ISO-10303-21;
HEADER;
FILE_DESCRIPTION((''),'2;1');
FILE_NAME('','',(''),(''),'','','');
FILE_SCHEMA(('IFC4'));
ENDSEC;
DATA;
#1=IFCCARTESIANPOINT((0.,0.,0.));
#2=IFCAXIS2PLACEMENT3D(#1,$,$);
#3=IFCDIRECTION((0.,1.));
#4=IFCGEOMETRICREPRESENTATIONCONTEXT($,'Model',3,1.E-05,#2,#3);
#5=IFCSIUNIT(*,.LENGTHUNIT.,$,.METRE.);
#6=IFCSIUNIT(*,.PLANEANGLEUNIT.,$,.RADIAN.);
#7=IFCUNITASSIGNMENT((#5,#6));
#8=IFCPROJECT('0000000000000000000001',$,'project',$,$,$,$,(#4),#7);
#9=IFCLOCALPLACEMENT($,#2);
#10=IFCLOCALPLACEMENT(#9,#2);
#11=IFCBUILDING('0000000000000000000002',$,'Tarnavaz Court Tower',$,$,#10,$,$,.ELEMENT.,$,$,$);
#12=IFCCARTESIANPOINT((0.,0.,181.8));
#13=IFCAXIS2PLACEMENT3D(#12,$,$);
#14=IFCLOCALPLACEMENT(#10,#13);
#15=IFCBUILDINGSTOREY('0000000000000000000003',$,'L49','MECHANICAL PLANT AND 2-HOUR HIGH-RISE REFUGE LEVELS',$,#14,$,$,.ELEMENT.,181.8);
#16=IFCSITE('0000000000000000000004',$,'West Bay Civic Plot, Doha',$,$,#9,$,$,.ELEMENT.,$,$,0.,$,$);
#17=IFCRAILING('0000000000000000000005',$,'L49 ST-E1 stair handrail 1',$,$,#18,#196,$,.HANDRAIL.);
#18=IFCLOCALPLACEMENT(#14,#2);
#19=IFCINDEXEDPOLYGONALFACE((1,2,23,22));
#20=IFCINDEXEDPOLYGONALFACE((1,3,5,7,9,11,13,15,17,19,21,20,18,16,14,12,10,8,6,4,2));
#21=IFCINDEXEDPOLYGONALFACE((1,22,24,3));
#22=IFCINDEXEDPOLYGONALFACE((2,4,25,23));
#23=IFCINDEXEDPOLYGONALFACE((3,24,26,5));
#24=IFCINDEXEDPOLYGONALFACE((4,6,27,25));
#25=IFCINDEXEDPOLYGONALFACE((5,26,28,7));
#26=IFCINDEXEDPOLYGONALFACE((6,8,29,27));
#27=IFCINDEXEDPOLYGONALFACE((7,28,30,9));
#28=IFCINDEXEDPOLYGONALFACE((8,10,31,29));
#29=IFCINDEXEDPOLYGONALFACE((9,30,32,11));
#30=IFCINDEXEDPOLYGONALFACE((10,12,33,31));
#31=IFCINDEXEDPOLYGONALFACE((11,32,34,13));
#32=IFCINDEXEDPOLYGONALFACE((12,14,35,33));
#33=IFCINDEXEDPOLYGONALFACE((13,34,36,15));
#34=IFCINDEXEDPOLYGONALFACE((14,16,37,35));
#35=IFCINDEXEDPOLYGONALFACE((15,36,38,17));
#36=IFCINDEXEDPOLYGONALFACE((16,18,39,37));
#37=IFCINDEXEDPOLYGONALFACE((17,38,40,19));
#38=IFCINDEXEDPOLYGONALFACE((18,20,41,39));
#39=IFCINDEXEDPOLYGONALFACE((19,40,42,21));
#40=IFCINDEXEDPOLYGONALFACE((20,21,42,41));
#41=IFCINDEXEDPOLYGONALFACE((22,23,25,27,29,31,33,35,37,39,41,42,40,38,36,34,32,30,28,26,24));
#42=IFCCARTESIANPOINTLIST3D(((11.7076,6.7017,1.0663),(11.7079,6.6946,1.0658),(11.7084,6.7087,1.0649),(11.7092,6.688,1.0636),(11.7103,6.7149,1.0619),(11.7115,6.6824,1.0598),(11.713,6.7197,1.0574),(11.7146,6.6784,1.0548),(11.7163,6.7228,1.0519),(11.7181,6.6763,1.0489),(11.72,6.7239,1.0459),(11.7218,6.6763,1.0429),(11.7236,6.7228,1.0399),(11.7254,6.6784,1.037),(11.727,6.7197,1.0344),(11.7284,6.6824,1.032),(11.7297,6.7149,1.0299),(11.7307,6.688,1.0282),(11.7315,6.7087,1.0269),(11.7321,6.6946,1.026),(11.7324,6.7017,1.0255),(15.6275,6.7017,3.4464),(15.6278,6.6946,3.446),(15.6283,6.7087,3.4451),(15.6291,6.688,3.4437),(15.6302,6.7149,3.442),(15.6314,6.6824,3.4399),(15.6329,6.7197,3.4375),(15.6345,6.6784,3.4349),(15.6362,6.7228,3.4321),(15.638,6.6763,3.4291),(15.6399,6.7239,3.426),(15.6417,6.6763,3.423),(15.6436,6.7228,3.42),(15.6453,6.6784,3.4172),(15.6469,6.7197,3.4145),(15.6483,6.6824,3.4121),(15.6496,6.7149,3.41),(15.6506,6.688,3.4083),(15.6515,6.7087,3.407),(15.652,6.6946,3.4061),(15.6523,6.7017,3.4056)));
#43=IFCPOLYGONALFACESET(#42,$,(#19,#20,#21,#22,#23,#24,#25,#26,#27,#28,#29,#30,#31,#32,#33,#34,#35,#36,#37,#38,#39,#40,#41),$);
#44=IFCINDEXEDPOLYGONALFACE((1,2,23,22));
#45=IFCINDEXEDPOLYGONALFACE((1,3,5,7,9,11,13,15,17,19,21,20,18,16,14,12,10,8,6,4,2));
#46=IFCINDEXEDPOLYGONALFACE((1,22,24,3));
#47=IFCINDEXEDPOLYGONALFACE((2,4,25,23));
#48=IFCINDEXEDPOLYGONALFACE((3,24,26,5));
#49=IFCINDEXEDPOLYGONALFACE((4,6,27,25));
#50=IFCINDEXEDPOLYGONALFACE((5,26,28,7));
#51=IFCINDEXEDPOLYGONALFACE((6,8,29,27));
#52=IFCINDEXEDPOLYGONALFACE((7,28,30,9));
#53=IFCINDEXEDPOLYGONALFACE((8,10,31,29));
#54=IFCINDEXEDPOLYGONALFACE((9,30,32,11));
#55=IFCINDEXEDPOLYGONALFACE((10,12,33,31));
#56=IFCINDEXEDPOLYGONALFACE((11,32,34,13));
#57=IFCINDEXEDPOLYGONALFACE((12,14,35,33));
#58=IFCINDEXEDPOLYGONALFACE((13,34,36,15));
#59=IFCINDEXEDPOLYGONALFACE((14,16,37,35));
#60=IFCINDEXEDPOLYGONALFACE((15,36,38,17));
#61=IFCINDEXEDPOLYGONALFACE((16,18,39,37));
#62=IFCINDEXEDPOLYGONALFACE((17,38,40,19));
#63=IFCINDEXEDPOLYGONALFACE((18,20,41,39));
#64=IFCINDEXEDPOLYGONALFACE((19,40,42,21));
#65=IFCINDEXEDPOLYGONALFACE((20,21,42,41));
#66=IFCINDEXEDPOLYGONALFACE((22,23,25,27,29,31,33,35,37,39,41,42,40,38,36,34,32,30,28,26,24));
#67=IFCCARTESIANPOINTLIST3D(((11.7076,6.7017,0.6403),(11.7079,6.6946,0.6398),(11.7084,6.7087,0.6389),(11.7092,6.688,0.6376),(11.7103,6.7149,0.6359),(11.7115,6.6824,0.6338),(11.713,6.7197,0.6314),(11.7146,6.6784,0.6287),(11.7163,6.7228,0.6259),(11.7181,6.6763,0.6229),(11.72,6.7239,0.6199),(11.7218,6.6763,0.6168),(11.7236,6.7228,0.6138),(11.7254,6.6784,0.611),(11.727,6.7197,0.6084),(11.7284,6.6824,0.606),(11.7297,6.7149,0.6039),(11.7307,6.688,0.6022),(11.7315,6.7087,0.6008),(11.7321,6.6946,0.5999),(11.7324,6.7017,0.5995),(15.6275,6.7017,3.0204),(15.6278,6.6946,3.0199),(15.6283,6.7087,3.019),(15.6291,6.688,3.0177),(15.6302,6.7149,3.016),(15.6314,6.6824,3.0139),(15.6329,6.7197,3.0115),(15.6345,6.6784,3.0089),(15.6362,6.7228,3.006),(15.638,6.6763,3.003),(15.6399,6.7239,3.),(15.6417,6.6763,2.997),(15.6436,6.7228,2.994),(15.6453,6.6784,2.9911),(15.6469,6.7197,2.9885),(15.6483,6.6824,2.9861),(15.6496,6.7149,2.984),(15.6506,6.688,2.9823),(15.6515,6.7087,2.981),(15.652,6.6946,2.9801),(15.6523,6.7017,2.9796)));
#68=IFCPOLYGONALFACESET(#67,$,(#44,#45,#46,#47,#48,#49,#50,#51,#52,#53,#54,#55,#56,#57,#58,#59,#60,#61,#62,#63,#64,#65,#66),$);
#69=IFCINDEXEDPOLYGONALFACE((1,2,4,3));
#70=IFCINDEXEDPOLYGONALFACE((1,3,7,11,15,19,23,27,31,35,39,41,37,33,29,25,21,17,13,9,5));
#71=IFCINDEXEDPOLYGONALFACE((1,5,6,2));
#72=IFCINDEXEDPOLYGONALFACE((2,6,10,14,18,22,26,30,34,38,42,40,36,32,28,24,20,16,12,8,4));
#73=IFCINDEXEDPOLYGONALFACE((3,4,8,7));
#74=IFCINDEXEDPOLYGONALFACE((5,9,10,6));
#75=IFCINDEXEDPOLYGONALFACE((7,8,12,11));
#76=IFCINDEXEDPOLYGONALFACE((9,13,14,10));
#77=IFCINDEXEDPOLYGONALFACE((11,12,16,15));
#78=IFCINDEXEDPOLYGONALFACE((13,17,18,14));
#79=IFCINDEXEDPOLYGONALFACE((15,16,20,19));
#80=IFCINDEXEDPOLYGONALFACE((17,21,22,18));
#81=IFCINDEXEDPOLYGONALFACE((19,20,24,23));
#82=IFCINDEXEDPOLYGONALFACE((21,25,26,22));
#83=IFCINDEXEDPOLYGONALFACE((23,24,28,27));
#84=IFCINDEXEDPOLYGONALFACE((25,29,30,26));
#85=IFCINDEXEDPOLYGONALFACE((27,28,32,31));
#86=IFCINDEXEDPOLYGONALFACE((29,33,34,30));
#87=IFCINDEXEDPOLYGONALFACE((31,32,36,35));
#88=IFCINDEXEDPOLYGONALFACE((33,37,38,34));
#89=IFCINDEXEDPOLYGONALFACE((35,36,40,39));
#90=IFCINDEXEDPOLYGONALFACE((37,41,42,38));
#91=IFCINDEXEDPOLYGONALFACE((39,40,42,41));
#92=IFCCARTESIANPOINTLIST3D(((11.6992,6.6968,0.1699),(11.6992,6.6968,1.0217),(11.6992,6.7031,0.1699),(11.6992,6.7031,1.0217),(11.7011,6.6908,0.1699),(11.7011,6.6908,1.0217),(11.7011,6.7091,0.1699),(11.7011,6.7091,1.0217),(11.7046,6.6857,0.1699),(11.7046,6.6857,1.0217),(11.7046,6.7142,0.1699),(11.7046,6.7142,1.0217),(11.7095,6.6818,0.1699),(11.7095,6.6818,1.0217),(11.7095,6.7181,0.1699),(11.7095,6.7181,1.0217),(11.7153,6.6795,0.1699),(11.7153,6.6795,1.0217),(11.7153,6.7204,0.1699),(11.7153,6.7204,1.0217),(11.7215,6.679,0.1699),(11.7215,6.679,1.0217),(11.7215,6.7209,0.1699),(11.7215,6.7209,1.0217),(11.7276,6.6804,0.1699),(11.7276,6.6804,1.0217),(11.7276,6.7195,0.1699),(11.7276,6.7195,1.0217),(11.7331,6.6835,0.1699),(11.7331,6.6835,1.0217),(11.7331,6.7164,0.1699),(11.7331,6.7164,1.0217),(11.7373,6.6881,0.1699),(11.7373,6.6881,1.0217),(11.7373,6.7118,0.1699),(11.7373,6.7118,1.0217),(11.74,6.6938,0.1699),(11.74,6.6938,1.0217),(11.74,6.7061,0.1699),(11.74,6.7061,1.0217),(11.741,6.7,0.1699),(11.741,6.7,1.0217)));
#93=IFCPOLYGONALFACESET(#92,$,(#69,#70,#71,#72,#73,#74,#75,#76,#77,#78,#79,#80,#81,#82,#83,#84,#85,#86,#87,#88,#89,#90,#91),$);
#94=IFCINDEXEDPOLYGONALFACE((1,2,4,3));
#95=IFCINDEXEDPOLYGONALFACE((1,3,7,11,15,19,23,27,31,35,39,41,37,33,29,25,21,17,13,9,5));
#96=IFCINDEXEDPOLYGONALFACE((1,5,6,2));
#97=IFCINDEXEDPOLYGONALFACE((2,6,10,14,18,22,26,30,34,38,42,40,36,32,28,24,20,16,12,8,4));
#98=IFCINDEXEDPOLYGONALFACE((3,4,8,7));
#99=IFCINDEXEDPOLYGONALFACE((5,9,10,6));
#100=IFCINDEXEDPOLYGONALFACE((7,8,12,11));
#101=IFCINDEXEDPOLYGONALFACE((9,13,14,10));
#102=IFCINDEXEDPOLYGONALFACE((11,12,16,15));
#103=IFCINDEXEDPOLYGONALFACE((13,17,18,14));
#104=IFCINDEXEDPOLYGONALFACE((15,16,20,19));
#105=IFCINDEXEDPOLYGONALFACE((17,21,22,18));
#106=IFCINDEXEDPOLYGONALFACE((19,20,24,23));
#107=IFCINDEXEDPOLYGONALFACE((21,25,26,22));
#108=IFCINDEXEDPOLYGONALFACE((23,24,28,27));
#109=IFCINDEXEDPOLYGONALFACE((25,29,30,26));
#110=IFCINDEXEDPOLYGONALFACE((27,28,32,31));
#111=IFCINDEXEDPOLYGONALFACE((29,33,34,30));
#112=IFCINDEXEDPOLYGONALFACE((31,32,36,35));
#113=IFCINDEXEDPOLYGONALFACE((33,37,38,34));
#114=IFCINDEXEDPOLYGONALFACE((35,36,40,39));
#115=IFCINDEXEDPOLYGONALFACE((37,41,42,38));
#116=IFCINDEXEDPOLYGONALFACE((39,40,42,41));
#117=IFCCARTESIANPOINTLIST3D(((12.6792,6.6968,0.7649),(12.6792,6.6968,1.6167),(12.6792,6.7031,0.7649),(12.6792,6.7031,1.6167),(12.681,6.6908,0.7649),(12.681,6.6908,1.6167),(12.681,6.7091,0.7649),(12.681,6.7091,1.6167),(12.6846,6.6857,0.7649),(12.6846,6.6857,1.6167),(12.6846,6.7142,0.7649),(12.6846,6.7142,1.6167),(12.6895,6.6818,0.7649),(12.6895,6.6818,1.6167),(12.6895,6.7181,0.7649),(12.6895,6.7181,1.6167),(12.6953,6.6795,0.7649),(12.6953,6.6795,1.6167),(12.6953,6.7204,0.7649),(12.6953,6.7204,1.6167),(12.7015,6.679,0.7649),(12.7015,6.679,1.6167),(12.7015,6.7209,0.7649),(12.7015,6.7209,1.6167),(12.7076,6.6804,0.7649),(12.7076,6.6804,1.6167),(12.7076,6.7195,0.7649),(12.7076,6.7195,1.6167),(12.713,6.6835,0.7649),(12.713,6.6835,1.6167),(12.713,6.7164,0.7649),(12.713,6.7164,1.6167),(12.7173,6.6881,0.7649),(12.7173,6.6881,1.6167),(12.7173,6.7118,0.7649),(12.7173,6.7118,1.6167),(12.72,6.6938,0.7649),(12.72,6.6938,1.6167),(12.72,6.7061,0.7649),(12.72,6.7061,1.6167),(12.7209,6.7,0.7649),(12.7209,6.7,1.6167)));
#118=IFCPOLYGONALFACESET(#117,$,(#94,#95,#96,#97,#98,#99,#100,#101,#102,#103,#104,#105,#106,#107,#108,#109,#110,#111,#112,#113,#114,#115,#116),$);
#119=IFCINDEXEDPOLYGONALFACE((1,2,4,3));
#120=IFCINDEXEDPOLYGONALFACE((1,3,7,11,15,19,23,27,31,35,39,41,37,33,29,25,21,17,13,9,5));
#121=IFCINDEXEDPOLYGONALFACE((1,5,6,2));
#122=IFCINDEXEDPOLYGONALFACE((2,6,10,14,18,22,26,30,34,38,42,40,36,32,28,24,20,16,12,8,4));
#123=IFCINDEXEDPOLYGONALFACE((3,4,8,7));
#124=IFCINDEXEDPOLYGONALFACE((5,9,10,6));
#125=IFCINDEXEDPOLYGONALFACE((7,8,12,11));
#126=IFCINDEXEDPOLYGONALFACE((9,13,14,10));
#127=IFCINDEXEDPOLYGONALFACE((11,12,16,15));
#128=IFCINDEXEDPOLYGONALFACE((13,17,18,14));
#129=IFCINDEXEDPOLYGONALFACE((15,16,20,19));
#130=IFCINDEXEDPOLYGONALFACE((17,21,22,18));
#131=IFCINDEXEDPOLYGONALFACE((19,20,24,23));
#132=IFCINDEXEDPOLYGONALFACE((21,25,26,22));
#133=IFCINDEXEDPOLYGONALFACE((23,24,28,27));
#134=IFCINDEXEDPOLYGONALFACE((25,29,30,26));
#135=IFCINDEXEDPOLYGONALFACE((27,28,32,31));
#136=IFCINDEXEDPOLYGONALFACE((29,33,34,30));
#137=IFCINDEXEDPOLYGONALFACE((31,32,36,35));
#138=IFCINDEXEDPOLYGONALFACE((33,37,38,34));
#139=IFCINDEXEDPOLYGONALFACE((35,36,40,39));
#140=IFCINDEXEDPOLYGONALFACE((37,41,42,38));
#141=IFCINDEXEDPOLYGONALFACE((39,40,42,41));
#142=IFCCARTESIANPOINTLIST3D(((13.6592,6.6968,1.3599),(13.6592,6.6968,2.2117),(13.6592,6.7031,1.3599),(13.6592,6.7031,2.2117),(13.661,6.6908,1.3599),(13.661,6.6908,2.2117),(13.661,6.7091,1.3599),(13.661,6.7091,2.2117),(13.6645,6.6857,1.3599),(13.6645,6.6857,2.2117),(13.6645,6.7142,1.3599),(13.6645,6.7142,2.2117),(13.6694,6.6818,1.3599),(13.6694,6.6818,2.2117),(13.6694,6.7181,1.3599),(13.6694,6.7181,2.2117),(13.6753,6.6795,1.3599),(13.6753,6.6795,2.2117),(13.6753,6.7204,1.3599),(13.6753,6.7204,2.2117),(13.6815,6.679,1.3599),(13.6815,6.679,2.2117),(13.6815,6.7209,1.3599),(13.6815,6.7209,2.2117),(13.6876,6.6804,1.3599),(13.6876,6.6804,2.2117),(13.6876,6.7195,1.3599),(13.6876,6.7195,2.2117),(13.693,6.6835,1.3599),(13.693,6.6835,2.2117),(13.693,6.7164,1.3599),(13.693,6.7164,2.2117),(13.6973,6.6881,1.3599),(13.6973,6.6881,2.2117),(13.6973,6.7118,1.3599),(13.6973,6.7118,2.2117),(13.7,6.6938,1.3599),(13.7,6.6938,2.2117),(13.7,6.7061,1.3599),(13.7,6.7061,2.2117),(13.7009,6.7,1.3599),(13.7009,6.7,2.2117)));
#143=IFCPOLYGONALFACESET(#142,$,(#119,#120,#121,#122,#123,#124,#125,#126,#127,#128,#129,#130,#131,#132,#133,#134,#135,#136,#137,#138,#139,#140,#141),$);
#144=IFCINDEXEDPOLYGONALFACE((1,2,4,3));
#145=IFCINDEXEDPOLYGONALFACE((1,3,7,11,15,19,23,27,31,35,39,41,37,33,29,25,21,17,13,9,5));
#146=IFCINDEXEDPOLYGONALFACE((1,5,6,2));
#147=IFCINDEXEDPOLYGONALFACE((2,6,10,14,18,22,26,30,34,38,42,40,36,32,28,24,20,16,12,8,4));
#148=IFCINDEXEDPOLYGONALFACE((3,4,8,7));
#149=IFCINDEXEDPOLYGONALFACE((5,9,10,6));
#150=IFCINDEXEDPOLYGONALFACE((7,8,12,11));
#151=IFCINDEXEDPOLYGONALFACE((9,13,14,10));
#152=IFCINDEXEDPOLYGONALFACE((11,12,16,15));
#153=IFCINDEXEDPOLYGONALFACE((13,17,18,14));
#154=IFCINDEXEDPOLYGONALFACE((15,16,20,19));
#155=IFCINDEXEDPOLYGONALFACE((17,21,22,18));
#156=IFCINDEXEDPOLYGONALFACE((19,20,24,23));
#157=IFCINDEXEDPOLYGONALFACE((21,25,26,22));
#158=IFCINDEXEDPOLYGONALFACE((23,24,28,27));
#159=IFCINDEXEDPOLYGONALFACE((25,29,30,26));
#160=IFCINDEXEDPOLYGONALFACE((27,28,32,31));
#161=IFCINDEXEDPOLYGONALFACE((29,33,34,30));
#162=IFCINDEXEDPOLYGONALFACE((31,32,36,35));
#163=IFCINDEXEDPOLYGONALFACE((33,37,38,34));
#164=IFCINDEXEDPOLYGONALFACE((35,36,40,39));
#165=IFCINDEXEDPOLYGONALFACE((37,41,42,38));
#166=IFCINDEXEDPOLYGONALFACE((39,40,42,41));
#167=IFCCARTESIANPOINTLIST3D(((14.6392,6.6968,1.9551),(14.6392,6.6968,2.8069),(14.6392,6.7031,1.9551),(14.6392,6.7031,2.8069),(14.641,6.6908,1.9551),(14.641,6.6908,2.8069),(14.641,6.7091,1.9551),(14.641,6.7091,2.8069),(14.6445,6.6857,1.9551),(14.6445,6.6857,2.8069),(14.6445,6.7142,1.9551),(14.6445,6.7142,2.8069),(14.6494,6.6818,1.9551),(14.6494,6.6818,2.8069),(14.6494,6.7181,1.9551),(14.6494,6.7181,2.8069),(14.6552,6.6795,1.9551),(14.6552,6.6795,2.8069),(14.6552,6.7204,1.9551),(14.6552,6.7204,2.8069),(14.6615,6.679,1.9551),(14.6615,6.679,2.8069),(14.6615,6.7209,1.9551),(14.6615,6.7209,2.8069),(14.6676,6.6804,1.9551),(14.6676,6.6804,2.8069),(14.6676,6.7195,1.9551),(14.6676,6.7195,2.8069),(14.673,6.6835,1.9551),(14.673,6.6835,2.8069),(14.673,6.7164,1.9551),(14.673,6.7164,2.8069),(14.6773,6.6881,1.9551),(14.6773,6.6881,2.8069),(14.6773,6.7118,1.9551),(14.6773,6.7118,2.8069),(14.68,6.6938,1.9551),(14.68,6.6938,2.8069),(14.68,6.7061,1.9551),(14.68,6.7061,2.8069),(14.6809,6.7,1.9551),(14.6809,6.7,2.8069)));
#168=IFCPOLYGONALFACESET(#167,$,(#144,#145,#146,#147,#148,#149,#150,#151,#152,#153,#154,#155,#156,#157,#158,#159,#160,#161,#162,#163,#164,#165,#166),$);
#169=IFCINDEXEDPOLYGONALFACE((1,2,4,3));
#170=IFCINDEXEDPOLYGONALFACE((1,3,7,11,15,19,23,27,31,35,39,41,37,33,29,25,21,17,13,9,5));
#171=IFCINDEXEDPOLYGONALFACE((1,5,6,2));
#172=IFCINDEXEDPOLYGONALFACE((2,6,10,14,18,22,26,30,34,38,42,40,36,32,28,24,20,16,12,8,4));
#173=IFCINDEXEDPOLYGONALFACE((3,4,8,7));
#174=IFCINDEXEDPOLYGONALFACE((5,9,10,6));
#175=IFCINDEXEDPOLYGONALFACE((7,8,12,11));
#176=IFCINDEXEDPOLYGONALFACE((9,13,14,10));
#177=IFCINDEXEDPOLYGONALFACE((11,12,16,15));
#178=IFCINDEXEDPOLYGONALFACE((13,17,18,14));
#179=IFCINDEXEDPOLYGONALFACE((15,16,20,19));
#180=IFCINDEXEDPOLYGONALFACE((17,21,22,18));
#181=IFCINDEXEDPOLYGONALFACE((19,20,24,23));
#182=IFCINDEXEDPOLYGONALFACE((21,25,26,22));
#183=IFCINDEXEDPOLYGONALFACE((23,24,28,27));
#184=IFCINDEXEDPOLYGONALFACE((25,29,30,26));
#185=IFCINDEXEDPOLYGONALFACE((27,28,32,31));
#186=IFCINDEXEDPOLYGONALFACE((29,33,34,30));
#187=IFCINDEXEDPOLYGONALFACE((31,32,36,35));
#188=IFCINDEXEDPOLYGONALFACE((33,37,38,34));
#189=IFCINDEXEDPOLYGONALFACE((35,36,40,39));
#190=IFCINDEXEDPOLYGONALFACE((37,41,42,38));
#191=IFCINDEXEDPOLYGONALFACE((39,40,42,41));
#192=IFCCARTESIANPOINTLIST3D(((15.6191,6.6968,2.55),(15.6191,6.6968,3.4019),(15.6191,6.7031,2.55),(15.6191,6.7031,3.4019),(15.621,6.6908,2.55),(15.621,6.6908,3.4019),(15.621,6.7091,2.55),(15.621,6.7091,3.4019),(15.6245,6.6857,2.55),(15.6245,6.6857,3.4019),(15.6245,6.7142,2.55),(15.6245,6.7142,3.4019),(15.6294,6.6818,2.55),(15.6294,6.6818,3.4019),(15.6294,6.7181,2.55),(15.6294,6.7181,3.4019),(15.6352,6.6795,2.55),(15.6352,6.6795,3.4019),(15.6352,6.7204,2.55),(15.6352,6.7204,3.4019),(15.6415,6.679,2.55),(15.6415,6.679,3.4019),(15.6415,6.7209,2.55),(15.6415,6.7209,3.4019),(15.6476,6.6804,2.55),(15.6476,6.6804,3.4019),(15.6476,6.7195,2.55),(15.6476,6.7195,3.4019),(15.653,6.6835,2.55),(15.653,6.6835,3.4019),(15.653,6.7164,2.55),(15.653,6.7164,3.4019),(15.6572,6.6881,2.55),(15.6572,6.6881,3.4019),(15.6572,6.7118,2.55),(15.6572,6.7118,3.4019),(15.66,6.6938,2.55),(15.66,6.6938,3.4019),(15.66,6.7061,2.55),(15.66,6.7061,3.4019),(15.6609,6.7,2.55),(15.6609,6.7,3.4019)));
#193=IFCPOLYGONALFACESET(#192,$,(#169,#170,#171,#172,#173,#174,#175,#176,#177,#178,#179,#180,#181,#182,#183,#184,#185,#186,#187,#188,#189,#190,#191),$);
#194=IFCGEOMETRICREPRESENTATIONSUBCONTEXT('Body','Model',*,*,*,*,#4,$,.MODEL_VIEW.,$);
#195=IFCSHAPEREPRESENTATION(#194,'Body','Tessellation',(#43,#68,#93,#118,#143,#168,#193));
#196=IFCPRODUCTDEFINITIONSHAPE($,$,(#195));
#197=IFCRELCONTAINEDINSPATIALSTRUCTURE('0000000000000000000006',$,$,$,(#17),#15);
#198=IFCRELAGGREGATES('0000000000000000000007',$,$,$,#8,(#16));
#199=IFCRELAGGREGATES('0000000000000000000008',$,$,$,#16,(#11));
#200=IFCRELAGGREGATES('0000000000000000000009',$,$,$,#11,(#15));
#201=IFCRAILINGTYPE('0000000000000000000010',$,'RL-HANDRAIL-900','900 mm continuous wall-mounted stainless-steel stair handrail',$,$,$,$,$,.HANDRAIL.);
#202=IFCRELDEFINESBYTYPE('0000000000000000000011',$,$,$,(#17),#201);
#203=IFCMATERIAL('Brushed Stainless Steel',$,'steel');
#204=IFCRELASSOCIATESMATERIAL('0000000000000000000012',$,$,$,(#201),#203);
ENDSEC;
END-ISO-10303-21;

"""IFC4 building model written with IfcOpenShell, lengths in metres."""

from ifc_helpers import new_model, si_unit, direction, frame, origin, origin_2d, place, context, subcontext, project, spatial, circle, extrude, material, type_object, element, save


model = new_model("IFC4")

# Units and contexts
model_context = context("Model", 3, precision=1e-05, world=origin(), true_north=direction((0.0, 1.0)))
body_context = subcontext(model_context, "Body", "Model", "MODEL_VIEW")
ifc_project = project(units=[si_unit("LENGTHUNIT", "METRE"), si_unit("PLANEANGLEUNIT", "RADIAN")], contexts=[model_context])

# Site, building, storey
site_placement = place(None, origin())
site = spatial("IfcSite", under=ifc_project, at=site_placement, Name="West Bay Civic Plot, Doha", CompositionType="ELEMENT", RefElevation=0.0)
building_placement = place(site_placement, origin())
building = spatial("IfcBuilding", under=site, at=building_placement, Name="Tarnavaz Court Tower", CompositionType="ELEMENT")
storey_placement = place(building_placement, frame((0.0, 0.0, 181.8)))
storey = spatial("IfcBuildingStorey", under=building, at=storey_placement, Name="L49", Description="MECHANICAL PLANT AND 2-HOUR HIGH-RISE REFUGE LEVELS", CompositionType="ELEMENT", Elevation=181.8)

# Railing
ifc_material_1 = material(Name="Brushed Stainless Steel", Category="steel")
railing_type_1 = type_object("IfcRailingType", Name="RL-HANDRAIL-900", Description="900 mm continuous wall-mounted stainless-steel stair handrail", PredefinedType="HANDRAIL", material=ifc_material_1)
railing_1_placement = place(storey_placement, frame((11.72, 6.7, 0.1699)))
element("IfcRailing", 1, at=railing_1_placement, inside=storey, type_object=railing_type_1, Name="L49 ST-E1 stair handrail 1", PredefinedType="HANDRAIL", context=body_context, shape_type="SweptSolid", body=[
    extrude(circle(Radius=0.0239, at=origin_2d()), frame((0.0, 0.0, 0.876), z_axis=(0.854771, 0.0, 0.519006), x_axis=(0.0, 1.0, 0.0)), (0.0, 0.0, 1.0), 4.5859),
    extrude(circle(Radius=0.0239, at=origin_2d()), frame((0.0, 0.0, 0.45), z_axis=(0.854771, 0.0, 0.519006), x_axis=(0.0, 1.0, 0.0)), (0.0, 0.0, 1.0), 4.5859),
    extrude(circle(Radius=0.021, at=origin_2d()), origin(), (0.0, 0.0, 1.0), 0.8518),
    extrude(circle(Radius=0.021, at=origin_2d()), frame((0.98, 0.0, 0.595)), (0.0, 0.0, 1.0), 0.8518),
    extrude(circle(Radius=0.021, at=origin_2d()), frame((1.96, 0.0, 1.1899)), (0.0, 0.0, 1.0), 0.8518),
    extrude(circle(Radius=0.021, at=origin_2d()), frame((2.9399, 0.0, 1.7852)), (0.0, 0.0, 1.0), 0.8518),
    extrude(circle(Radius=0.021, at=origin_2d()), frame((3.9199, 0.0, 2.3801)), (0.0, 0.0, 1.0), 0.8518),
])

save(model, "model.ifc")
